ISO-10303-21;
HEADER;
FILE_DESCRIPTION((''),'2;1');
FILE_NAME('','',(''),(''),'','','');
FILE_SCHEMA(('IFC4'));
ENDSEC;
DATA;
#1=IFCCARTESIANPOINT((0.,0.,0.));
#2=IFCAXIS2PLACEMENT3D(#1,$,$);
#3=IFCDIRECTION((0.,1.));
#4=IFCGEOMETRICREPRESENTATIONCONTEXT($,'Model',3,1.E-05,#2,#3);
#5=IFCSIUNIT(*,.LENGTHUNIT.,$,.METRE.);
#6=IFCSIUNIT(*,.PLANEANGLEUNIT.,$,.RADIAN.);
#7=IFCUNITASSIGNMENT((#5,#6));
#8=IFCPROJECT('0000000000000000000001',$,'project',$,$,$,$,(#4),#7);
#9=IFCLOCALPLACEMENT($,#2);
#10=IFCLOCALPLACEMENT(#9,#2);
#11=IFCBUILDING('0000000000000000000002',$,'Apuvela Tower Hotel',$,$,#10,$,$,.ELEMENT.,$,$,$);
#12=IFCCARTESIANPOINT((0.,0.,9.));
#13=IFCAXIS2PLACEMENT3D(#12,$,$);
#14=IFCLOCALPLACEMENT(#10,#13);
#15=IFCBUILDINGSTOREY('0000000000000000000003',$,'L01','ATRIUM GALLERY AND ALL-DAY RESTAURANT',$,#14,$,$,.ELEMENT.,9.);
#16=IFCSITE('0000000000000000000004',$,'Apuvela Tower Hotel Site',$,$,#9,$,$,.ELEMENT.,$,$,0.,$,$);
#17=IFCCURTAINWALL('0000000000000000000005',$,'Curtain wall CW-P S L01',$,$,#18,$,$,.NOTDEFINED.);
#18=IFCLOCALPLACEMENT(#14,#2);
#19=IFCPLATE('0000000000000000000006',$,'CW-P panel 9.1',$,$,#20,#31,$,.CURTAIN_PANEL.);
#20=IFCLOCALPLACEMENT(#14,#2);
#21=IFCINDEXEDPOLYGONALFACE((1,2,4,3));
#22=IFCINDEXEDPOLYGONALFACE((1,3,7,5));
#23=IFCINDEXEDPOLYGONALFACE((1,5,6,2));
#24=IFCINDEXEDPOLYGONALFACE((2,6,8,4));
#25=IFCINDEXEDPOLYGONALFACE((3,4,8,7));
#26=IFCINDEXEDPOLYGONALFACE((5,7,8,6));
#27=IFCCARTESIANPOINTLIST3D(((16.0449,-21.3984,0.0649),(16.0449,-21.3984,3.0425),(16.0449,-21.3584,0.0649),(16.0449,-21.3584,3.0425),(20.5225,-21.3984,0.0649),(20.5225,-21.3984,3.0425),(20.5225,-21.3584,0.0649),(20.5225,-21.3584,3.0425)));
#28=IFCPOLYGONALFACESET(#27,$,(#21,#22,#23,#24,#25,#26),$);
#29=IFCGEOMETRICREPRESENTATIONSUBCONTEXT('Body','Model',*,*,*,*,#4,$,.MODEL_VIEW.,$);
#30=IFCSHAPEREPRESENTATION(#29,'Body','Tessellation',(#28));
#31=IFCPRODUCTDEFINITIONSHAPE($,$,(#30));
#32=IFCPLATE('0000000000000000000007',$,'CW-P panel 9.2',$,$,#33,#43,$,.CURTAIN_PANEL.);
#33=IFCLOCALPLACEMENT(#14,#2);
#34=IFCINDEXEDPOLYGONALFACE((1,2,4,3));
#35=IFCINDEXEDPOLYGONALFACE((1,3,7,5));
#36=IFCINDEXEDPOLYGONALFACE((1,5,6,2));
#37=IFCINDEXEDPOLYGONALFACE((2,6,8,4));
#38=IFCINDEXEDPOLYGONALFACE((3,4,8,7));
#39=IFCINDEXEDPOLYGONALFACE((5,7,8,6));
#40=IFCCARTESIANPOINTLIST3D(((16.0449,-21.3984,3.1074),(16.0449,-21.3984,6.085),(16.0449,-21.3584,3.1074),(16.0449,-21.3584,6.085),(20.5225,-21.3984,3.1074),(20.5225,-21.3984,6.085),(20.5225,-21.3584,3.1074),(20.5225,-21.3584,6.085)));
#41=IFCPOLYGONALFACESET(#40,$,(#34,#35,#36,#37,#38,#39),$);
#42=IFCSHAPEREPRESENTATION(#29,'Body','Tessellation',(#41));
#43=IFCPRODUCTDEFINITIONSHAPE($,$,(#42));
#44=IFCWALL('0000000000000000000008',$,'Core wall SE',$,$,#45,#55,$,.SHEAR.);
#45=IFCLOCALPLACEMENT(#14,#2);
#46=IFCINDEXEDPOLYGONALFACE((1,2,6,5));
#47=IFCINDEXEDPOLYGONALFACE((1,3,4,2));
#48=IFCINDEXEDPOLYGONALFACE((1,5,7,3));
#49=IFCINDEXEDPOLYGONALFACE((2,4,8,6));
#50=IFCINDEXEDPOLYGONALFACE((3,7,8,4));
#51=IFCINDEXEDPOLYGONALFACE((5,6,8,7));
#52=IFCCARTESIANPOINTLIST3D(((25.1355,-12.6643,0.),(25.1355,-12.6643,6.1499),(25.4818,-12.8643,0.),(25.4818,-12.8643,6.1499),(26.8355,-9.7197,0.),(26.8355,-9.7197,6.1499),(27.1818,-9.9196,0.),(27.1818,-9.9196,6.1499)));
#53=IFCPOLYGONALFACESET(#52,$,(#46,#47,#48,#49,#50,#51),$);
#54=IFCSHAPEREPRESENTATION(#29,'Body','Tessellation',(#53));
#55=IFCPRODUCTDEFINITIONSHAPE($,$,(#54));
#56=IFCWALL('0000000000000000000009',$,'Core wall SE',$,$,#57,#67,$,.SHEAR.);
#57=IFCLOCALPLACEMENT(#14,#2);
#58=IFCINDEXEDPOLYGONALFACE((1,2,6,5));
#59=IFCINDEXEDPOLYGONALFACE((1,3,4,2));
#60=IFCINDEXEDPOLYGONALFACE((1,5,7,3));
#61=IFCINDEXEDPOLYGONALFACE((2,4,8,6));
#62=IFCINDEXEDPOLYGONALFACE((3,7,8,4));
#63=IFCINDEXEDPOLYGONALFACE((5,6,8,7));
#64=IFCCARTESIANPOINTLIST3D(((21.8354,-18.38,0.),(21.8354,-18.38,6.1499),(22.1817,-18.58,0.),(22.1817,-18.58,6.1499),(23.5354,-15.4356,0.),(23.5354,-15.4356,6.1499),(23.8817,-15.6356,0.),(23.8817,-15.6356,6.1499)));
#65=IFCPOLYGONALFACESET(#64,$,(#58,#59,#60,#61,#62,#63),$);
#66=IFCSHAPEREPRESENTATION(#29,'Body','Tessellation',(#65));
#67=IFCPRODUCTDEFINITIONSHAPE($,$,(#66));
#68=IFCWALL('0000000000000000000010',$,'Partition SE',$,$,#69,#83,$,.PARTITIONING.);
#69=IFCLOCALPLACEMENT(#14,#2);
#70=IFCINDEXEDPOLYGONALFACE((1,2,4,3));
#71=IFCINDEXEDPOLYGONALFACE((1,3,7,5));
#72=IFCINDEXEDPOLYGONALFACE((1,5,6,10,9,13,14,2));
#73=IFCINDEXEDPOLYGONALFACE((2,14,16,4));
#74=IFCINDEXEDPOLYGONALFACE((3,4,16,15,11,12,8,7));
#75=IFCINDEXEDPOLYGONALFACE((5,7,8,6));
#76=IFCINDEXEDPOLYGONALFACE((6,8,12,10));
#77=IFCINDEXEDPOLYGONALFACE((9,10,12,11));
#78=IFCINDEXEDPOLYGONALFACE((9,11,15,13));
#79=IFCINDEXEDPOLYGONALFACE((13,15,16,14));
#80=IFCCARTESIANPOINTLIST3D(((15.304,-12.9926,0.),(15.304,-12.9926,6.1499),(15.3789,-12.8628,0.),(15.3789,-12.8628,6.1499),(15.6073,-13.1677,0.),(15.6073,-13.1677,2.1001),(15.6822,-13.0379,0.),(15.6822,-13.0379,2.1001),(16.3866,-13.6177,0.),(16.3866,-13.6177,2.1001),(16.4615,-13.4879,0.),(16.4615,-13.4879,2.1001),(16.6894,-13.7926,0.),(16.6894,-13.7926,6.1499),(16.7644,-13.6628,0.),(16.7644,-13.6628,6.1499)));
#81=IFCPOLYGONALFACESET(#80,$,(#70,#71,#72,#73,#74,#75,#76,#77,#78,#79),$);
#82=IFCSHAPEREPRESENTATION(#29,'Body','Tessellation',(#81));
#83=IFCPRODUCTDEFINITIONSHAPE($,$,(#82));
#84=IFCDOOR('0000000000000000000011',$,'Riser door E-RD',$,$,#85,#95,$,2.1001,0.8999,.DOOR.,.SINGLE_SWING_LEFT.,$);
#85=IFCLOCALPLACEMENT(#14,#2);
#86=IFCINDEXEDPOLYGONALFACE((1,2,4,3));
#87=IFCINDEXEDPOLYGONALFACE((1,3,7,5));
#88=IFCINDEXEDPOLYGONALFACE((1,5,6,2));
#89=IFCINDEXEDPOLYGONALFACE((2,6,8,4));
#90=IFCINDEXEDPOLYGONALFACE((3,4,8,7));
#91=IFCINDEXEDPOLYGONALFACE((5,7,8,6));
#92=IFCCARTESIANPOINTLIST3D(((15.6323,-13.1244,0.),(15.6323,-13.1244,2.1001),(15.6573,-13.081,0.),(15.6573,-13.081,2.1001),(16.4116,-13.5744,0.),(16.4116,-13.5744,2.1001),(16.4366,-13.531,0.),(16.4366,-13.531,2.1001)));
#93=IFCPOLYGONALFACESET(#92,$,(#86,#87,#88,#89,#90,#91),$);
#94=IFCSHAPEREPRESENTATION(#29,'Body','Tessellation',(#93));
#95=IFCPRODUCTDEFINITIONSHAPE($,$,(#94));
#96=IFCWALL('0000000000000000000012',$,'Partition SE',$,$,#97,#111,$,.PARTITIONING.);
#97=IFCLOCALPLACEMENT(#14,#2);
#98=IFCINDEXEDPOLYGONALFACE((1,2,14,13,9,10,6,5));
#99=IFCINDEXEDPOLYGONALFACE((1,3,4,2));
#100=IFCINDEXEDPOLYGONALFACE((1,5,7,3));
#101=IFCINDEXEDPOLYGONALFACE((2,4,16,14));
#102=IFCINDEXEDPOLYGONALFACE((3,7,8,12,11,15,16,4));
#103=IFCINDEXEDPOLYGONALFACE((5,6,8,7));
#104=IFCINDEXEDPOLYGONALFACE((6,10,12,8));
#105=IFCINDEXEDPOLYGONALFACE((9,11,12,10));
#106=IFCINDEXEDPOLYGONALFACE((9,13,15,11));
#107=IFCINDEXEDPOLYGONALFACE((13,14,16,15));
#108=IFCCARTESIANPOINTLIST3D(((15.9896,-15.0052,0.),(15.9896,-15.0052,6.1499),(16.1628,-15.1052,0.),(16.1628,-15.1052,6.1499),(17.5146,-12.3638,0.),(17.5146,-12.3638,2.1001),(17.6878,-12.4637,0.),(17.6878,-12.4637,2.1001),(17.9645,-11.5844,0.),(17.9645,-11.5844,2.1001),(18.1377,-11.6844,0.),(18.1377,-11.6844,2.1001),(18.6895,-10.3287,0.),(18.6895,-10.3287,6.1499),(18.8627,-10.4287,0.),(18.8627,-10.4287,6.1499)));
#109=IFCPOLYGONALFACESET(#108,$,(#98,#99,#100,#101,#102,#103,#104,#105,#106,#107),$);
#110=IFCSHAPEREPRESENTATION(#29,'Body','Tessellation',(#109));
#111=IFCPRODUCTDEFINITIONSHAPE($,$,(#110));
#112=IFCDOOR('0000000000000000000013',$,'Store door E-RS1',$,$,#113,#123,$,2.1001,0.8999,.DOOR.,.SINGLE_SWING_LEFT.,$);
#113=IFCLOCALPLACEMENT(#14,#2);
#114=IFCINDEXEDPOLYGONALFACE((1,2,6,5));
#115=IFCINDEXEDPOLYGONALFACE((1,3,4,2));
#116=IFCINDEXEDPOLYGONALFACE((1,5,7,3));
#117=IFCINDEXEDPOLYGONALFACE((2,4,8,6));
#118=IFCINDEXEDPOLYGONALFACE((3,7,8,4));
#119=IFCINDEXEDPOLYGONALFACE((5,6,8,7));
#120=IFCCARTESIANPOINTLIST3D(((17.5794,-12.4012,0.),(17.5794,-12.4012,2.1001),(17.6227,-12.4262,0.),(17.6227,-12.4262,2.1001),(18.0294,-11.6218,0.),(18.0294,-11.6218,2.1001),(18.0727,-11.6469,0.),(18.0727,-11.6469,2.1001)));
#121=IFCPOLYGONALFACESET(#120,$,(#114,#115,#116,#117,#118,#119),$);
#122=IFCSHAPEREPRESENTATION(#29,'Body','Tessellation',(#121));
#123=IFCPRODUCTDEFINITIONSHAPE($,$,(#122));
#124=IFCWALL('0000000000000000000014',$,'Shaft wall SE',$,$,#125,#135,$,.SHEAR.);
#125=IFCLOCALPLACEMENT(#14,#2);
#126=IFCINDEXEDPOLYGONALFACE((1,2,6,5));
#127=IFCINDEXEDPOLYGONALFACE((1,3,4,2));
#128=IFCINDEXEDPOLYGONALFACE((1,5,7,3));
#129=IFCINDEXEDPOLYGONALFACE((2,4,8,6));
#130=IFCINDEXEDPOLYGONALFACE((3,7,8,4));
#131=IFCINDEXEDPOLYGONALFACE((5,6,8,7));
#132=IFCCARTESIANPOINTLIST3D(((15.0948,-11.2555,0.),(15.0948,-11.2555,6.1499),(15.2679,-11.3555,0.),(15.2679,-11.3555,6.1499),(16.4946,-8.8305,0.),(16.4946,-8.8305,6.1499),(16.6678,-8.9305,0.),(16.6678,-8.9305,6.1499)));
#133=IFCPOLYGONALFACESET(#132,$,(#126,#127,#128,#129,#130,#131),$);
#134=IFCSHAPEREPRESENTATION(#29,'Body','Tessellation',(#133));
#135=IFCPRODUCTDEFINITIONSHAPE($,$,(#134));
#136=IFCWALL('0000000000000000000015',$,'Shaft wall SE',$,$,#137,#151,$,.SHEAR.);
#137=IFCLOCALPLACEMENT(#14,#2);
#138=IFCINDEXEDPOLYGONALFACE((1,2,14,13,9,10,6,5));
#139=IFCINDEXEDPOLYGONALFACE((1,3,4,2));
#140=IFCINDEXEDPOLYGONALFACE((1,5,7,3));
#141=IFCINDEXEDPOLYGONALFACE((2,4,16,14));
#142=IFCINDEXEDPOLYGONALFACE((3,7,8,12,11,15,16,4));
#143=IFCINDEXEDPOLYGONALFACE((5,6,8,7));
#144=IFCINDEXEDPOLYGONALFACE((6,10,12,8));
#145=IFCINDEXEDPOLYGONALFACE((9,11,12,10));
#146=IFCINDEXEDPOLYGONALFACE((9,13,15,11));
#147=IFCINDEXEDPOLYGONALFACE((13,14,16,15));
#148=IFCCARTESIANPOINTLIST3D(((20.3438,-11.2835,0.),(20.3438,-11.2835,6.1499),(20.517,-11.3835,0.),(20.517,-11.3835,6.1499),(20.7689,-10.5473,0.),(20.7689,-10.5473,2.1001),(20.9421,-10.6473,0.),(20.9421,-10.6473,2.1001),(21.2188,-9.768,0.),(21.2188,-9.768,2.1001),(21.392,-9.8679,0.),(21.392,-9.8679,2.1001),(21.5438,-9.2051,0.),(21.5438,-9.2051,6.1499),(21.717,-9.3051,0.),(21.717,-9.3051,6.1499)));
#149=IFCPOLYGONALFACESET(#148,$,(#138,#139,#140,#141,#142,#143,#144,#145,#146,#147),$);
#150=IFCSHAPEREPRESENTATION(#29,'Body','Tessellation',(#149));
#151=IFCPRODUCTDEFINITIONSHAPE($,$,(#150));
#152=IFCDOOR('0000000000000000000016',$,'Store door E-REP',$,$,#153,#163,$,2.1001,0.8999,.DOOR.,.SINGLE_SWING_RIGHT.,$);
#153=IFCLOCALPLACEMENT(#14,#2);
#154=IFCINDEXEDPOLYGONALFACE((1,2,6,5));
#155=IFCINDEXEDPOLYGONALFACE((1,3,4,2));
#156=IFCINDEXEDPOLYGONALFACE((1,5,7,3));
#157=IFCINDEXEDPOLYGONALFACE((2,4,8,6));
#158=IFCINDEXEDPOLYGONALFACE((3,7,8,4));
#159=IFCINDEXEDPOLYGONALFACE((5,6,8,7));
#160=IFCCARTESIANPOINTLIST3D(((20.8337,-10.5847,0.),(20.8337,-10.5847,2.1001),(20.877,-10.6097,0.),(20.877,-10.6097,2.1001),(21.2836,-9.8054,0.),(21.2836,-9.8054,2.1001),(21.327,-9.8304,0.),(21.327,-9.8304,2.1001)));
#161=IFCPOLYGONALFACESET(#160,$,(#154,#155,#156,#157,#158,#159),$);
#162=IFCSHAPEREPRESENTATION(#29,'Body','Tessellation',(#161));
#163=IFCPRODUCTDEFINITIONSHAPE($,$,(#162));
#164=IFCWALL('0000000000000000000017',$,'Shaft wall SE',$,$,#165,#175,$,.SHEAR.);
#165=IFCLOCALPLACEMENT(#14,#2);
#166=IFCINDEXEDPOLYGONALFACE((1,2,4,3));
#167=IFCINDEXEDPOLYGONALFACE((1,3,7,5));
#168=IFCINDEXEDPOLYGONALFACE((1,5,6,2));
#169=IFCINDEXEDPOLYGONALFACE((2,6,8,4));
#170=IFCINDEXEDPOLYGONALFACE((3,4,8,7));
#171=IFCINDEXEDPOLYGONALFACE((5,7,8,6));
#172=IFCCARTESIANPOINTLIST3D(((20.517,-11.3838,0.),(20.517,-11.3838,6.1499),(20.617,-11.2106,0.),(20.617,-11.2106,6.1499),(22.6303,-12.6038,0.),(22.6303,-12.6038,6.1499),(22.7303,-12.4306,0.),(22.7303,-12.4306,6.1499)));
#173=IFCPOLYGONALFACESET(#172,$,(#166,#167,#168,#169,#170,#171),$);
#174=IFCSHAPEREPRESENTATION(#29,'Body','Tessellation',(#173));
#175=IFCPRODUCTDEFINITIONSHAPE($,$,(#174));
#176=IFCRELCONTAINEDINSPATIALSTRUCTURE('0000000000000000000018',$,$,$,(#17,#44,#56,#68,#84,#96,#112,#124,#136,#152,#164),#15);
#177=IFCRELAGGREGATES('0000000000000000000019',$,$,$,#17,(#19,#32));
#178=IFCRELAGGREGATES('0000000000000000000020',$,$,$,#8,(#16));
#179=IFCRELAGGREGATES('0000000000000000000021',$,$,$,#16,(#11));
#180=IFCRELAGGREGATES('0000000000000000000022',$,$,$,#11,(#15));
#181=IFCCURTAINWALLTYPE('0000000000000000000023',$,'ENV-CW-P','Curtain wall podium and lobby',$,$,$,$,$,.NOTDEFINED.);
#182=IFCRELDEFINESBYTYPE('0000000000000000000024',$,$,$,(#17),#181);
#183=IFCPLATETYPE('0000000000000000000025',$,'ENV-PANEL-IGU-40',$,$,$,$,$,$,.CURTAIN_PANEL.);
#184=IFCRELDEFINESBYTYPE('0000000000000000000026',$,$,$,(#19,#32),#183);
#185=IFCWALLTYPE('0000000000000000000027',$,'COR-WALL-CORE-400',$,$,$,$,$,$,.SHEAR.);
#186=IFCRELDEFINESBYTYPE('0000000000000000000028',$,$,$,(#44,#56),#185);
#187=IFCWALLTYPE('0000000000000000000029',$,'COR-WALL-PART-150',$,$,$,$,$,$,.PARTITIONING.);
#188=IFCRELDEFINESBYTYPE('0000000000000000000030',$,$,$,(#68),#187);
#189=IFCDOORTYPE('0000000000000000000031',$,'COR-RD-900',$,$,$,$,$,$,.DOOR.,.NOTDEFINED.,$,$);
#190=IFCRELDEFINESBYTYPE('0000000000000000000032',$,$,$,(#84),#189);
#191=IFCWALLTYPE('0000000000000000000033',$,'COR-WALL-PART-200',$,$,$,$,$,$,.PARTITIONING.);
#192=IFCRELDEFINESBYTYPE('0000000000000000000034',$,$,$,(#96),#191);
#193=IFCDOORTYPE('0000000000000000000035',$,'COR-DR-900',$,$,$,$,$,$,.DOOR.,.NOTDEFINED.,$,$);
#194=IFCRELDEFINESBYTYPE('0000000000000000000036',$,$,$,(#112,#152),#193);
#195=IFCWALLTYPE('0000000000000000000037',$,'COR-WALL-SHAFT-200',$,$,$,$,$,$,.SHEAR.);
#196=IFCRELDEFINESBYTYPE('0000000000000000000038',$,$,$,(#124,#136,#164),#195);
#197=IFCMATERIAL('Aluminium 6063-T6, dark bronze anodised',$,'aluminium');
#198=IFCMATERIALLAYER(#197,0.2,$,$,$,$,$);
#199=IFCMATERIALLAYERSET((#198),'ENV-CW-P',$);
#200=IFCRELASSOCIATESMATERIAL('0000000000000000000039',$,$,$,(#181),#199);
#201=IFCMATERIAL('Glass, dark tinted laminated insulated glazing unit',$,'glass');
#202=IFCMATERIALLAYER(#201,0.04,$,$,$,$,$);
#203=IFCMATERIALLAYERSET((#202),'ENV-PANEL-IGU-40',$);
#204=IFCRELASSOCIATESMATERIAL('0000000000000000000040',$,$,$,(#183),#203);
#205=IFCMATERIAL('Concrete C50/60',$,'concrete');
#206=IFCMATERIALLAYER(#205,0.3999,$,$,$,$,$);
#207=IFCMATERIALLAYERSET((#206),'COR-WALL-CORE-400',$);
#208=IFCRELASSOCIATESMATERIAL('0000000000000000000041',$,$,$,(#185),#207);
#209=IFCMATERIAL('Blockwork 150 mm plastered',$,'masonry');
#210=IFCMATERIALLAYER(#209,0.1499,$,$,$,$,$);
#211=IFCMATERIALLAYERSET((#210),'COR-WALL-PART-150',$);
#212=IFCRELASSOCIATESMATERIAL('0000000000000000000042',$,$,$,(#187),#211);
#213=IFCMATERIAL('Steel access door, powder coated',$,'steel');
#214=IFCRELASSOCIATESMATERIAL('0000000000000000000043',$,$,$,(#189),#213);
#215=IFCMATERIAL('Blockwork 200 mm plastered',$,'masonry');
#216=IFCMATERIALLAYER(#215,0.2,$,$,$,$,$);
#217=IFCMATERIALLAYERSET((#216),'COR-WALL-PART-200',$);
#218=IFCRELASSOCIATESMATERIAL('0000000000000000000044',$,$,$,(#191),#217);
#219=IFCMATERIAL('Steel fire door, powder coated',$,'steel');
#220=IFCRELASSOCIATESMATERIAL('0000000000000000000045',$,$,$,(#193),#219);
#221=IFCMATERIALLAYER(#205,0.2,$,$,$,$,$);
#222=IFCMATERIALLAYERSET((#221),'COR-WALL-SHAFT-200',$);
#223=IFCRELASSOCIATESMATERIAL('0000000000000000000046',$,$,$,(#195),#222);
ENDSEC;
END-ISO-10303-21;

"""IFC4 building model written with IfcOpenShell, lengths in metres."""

from ifc_helpers import new_model, si_unit, direction, frame, frame_2d, origin, origin_2d, place, context, subcontext, project, spatial, rectangle, extrude, material, layer, layer_set, type_object, element, fill, aggregate, save


model = new_model("IFC4")

# Units and contexts
model_context = context("Model", 3, precision=1e-05, world=origin(), true_north=direction((0.0, 1.0)))
body_context = subcontext(model_context, "Body", "Model", "MODEL_VIEW")
ifc_project = project(units=[si_unit("LENGTHUNIT", "METRE"), si_unit("PLANEANGLEUNIT", "RADIAN")], contexts=[model_context])

# Site, building, storey
site_placement = place(None, origin())
site = spatial("IfcSite", under=ifc_project, at=site_placement, Name="Apuvela Tower Hotel Site", CompositionType="ELEMENT", RefElevation=0.0)
building_placement = place(site_placement, origin())
building = spatial("IfcBuilding", under=site, at=building_placement, Name="Apuvela Tower Hotel", CompositionType="ELEMENT")
storey_placement = place(building_placement, frame((0.0, 0.0, 9.0)))
storey = spatial("IfcBuildingStorey", under=building, at=storey_placement, Name="L01", Description="ATRIUM GALLERY AND ALL-DAY RESTAURANT", CompositionType="ELEMENT", Elevation=9.0)

# Curtain wall
ifc_material_1 = material(Name="Aluminium 6063-T6, dark bronze anodised", Category="aluminium")
ifc_layer_1 = layer(ifc_material_1, 0.2)
ifc_layer_set_1 = layer_set([ifc_layer_1], Name="ENV-CW-P")
curtain_wall_type = type_object("IfcCurtainWallType", Name="ENV-CW-P", Description="Curtain wall podium and lobby", PredefinedType="NOTDEFINED", material=ifc_layer_set_1)
curtain_wall_placement = place(storey_placement, origin())
curtain_wall = element("IfcCurtainWall", 1, at=curtain_wall_placement, inside=storey, type_object=curtain_wall_type, Name="Curtain wall CW-P S L01", PredefinedType="NOTDEFINED")

# Plates
ifc_material_2 = material(Name="Glass, dark tinted laminated insulated glazing unit", Category="glass")
ifc_layer_2 = layer(ifc_material_2, 0.04)
ifc_layer_set_2 = layer_set([ifc_layer_2], Name="ENV-PANEL-IGU-40")
plate_type = type_object("IfcPlateType", Name="ENV-PANEL-IGU-40", PredefinedType="CURTAIN_PANEL", material=ifc_layer_set_2)
plate_1_placement = place(storey_placement, frame((18.2837, -21.3784, 0.0649), z_axis=(0.0, 0.0, 1.0), x_axis=(1.0, 0.0, 0.0)))
plate_1 = element("IfcPlate", 2, at=plate_1_placement, type_object=plate_type, Name="CW-P panel 9.1", PredefinedType="CURTAIN_PANEL", context=body_context, shape_type="SweptSolid", body=[
    extrude(rectangle(XDim=4.4775, YDim=0.04, at=origin_2d()), origin(), (0.0, 0.0, 1.0), 2.9775),
])
plate_2_placement = place(storey_placement, frame((18.2837, -21.3784, 3.1074), z_axis=(0.0, 0.0, 1.0), x_axis=(1.0, 0.0, 0.0)))
plate_2 = element("IfcPlate", 3, at=plate_2_placement, type_object=plate_type, Name="CW-P panel 9.2", PredefinedType="CURTAIN_PANEL", context=body_context, shape_type="SweptSolid", body=[
    extrude(rectangle(XDim=4.4775, YDim=0.04, at=origin_2d()), origin(), (0.0, 0.0, 1.0), 2.9775),
])
aggregate(curtain_wall, [plate_1, plate_2])

# Walls
ifc_material_3 = material(Name="Concrete C50/60", Category="concrete")
ifc_layer_3 = layer(ifc_material_3, 0.3999)
ifc_layer_set_3 = layer_set([ifc_layer_3], Name="COR-WALL-CORE-400")
wall_type_1 = type_object("IfcWallType", Name="COR-WALL-CORE-400", PredefinedType="SHEAR", material=ifc_layer_set_3)
wall_1_placement = place(storey_placement, frame((25.3086, -12.7644, 0.0), z_axis=(0.0, 0.0, 1.0), x_axis=(0.499977, 0.866039, 0.0)))
element("IfcWall", 4, at=wall_1_placement, inside=storey, type_object=wall_type_1, Name="Core wall SE", PredefinedType="SHEAR", context=body_context, shape_type="SweptSolid", body=[
    extrude(rectangle(XDim=3.4001, YDim=0.3999, at=frame_2d((1.7002, 0.0))), origin(), (0.0, 0.0, 1.0), 6.1499),
])
wall_2_placement = place(storey_placement, frame((22.0085, -18.48, 0.0), z_axis=(0.0, 0.0, 1.0), x_axis=(0.500008, 0.866021, 0.0)))
element("IfcWall", 5, at=wall_2_placement, inside=storey, type_object=wall_type_1, Name="Core wall SE", PredefinedType="SHEAR", context=body_context, shape_type="SweptSolid", body=[
    extrude(rectangle(XDim=3.3999, YDim=0.3999, at=frame_2d((1.7, 0.0))), origin(), (0.0, 0.0, 1.0), 6.1499),
])

# Walls, openings, doors
ifc_material_4 = material(Name="Blockwork 150 mm plastered", Category="masonry")
ifc_layer_4 = layer(ifc_material_4, 0.1499)
ifc_layer_set_4 = layer_set([ifc_layer_4], Name="COR-WALL-PART-150")
wall_type_2 = type_object("IfcWallType", Name="COR-WALL-PART-150", PredefinedType="PARTITIONING", material=ifc_layer_set_4)
wall_3_placement = place(storey_placement, frame((15.3416, -12.9277, 0.0), z_axis=(0.0, 0.0, 1.0), x_axis=(0.86599, -0.500061, 0.0)))
wall_3 = element("IfcWall", 6, at=wall_3_placement, inside=storey, type_object=wall_type_2, Name="Partition SE", PredefinedType="PARTITIONING", context=body_context, shape_type="SweptSolid", body=[
    extrude(rectangle(XDim=1.5999, YDim=0.1499, at=frame_2d((0.7998, 0.0))), origin(), (0.0, 0.0, 1.0), 6.1499),
])
opening_1_placement = place(wall_3_placement, frame((0.3501, 0.0, 0.0)))
opening_1 = element("IfcOpeningElement", 7, at=opening_1_placement, cuts=wall_3, PredefinedType="OPENING", context=body_context, shape_type="SweptSolid", body=[
    extrude(rectangle(XDim=0.8999, YDim=2.1001, at=frame_2d((0.45, 1.05))), frame((0.0, 0.085, 0.0), z_axis=(0.0, -1.0, 0.0), x_axis=(1.0, 0.0, 0.0)), (0.0, 0.0, 1.0), 0.1699),
])
ifc_material_5 = material(Name="Steel access door, powder coated", Category="steel")
door_type_1 = type_object("IfcDoorType", Name="COR-RD-900", OperationType="NOTDEFINED", PredefinedType="DOOR", material=ifc_material_5)
door_1_placement = place(opening_1_placement, frame((0.8999, 0.0, 0.0), z_axis=(0.0, 0.0, 1.0), x_axis=(-1.0, 0.0, 0.0)))
door_1 = element("IfcDoor", 8, at=door_1_placement, inside=storey, type_object=door_type_1, Name="Riser door E-RD", OperationType="SINGLE_SWING_LEFT", OverallHeight=2.1001, OverallWidth=0.8999, PredefinedType="DOOR", context=body_context, shape_type="SweptSolid", body=[
    extrude(rectangle(XDim=0.8999, YDim=2.1001, at=frame_2d((0.45, 1.05))), frame((0.0, 0.0249, 0.0), z_axis=(0.0, -1.0, 0.0), x_axis=(1.0, 0.0, 0.0)), (0.0, 0.0, 1.0), 0.05),
])
fill(opening_1, door_1)
ifc_material_6 = material(Name="Blockwork 200 mm plastered", Category="masonry")
ifc_layer_5 = layer(ifc_material_6, 0.2)
ifc_layer_set_5 = layer_set([ifc_layer_5], Name="COR-WALL-PART-200")
wall_type_3 = type_object("IfcWallType", Name="COR-WALL-PART-200", PredefinedType="PARTITIONING", material=ifc_layer_set_5)
wall_4_placement = place(storey_placement, frame((16.0762, -15.0552, 0.0), z_axis=(0.0, 0.0, 1.0), x_axis=(0.499995, 0.866028, 0.0)))
wall_4 = element("IfcWall", 9, at=wall_4_placement, inside=storey, type_object=wall_type_3, Name="Partition SE", PredefinedType="PARTITIONING", context=body_context, shape_type="SweptSolid", body=[
    extrude(rectangle(XDim=5.3999, YDim=0.2, at=frame_2d((2.7, 0.0))), origin(), (0.0, 0.0, 1.0), 6.1499),
])
opening_2_placement = place(wall_4_placement, frame((3.05, 0.0, 0.0)))
opening_2 = element("IfcOpeningElement", 10, at=opening_2_placement, cuts=wall_4, PredefinedType="OPENING", context=body_context, shape_type="SweptSolid", body=[
    extrude(rectangle(XDim=0.8999, YDim=2.1001, at=frame_2d((0.45, 1.05))), frame((0.0, 0.1099, 0.0), z_axis=(0.0, -1.0, 0.0), x_axis=(1.0, 0.0, 0.0)), (0.0, 0.0, 1.0), 0.22),
])
ifc_material_7 = material(Name="Steel fire door, powder coated", Category="steel")
door_type_2 = type_object("IfcDoorType", Name="COR-DR-900", OperationType="NOTDEFINED", PredefinedType="DOOR", material=ifc_material_7)
door_2_placement = place(opening_2_placement, frame((0.8999, 0.0, 0.0), z_axis=(0.0, 0.0, 1.0), x_axis=(-1.0, 0.0, 0.0)))
door_2 = element("IfcDoor", 11, at=door_2_placement, inside=storey, type_object=door_type_2, Name="Store door E-RS1", OperationType="SINGLE_SWING_LEFT", OverallHeight=2.1001, OverallWidth=0.8999, PredefinedType="DOOR", context=body_context, shape_type="SweptSolid", body=[
    extrude(rectangle(XDim=0.8999, YDim=2.1001, at=frame_2d((0.45, 1.05))), frame((0.0, 0.0249, 0.0), z_axis=(0.0, -1.0, 0.0), x_axis=(1.0, 0.0, 0.0)), (0.0, 0.0, 1.0), 0.05),
])
fill(opening_2, door_2)

# Wall
ifc_layer_6 = layer(ifc_material_3, 0.2)
ifc_layer_set_6 = layer_set([ifc_layer_6], Name="COR-WALL-SHAFT-200")
wall_type_4 = type_object("IfcWallType", Name="COR-WALL-SHAFT-200", PredefinedType="SHEAR", material=ifc_layer_set_6)
wall_5_placement = place(storey_placement, frame((15.1814, -11.3054, 0.0), z_axis=(0.0, 0.0, 1.0), x_axis=(0.499946, 0.866056, 0.0)))
element("IfcWall", 12, at=wall_5_placement, inside=storey, type_object=wall_type_4, Name="Shaft wall SE", PredefinedType="SHEAR", context=body_context, shape_type="SweptSolid", body=[
    extrude(rectangle(XDim=2.8, YDim=0.2, at=frame_2d((1.3999, 0.0))), origin(), (0.0, 0.0, 1.0), 6.1499),
])

# Wall, opening, door
wall_6_placement = place(storey_placement, frame((20.4304, -11.3335, 0.0), z_axis=(0.0, 0.0, 1.0), x_axis=(0.500001, 0.866025, 0.0)))
wall_6 = element("IfcWall", 13, at=wall_6_placement, inside=storey, type_object=wall_type_4, Name="Shaft wall SE", PredefinedType="SHEAR", context=body_context, shape_type="SweptSolid", body=[
    extrude(rectangle(XDim=2.3999, YDim=0.2, at=frame_2d((1.2, 0.0))), origin(), (0.0, 0.0, 1.0), 6.1499),
])
opening_3_placement = place(wall_6_placement, frame((0.8501, 0.0, 0.0)))
opening_3 = element("IfcOpeningElement", 14, at=opening_3_placement, cuts=wall_6, PredefinedType="OPENING", context=body_context, shape_type="SweptSolid", body=[
    extrude(rectangle(XDim=0.8999, YDim=2.1001, at=frame_2d((0.45, 1.05))), frame((0.0, 0.1099, 0.0), z_axis=(0.0, -1.0, 0.0), x_axis=(1.0, 0.0, 0.0)), (0.0, 0.0, 1.0), 0.22),
])
door_3_placement = place(opening_3_placement, frame((0.8999, 0.0, 0.0), z_axis=(0.0, 0.0, 1.0), x_axis=(-1.0, 0.0, 0.0)))
door_3 = element("IfcDoor", 15, at=door_3_placement, inside=storey, type_object=door_type_2, Name="Store door E-REP", OperationType="SINGLE_SWING_RIGHT", OverallHeight=2.1001, OverallWidth=0.8999, PredefinedType="DOOR", context=body_context, shape_type="SweptSolid", body=[
    extrude(rectangle(XDim=0.8999, YDim=2.1001, at=frame_2d((0.45, 1.05))), frame((0.0, 0.0249, 0.0), z_axis=(0.0, -1.0, 0.0), x_axis=(1.0, 0.0, 0.0)), (0.0, 0.0, 1.0), 0.05),
])
fill(opening_3, door_3)

# Wall
wall_7_placement = place(storey_placement, frame((20.5669, -11.2971, 0.0), z_axis=(0.0, 0.0, 1.0), x_axis=(0.866049, -0.499959, 0.0)))
element("IfcWall", 16, at=wall_7_placement, inside=storey, type_object=wall_type_4, Name="Shaft wall SE", PredefinedType="SHEAR", context=body_context, shape_type="SweptSolid", body=[
    extrude(rectangle(XDim=2.4402, YDim=0.2, at=frame_2d((1.2202, 0.0))), origin(), (0.0, 0.0, 1.0), 6.1499),
])

save(model, "model.ifc")
